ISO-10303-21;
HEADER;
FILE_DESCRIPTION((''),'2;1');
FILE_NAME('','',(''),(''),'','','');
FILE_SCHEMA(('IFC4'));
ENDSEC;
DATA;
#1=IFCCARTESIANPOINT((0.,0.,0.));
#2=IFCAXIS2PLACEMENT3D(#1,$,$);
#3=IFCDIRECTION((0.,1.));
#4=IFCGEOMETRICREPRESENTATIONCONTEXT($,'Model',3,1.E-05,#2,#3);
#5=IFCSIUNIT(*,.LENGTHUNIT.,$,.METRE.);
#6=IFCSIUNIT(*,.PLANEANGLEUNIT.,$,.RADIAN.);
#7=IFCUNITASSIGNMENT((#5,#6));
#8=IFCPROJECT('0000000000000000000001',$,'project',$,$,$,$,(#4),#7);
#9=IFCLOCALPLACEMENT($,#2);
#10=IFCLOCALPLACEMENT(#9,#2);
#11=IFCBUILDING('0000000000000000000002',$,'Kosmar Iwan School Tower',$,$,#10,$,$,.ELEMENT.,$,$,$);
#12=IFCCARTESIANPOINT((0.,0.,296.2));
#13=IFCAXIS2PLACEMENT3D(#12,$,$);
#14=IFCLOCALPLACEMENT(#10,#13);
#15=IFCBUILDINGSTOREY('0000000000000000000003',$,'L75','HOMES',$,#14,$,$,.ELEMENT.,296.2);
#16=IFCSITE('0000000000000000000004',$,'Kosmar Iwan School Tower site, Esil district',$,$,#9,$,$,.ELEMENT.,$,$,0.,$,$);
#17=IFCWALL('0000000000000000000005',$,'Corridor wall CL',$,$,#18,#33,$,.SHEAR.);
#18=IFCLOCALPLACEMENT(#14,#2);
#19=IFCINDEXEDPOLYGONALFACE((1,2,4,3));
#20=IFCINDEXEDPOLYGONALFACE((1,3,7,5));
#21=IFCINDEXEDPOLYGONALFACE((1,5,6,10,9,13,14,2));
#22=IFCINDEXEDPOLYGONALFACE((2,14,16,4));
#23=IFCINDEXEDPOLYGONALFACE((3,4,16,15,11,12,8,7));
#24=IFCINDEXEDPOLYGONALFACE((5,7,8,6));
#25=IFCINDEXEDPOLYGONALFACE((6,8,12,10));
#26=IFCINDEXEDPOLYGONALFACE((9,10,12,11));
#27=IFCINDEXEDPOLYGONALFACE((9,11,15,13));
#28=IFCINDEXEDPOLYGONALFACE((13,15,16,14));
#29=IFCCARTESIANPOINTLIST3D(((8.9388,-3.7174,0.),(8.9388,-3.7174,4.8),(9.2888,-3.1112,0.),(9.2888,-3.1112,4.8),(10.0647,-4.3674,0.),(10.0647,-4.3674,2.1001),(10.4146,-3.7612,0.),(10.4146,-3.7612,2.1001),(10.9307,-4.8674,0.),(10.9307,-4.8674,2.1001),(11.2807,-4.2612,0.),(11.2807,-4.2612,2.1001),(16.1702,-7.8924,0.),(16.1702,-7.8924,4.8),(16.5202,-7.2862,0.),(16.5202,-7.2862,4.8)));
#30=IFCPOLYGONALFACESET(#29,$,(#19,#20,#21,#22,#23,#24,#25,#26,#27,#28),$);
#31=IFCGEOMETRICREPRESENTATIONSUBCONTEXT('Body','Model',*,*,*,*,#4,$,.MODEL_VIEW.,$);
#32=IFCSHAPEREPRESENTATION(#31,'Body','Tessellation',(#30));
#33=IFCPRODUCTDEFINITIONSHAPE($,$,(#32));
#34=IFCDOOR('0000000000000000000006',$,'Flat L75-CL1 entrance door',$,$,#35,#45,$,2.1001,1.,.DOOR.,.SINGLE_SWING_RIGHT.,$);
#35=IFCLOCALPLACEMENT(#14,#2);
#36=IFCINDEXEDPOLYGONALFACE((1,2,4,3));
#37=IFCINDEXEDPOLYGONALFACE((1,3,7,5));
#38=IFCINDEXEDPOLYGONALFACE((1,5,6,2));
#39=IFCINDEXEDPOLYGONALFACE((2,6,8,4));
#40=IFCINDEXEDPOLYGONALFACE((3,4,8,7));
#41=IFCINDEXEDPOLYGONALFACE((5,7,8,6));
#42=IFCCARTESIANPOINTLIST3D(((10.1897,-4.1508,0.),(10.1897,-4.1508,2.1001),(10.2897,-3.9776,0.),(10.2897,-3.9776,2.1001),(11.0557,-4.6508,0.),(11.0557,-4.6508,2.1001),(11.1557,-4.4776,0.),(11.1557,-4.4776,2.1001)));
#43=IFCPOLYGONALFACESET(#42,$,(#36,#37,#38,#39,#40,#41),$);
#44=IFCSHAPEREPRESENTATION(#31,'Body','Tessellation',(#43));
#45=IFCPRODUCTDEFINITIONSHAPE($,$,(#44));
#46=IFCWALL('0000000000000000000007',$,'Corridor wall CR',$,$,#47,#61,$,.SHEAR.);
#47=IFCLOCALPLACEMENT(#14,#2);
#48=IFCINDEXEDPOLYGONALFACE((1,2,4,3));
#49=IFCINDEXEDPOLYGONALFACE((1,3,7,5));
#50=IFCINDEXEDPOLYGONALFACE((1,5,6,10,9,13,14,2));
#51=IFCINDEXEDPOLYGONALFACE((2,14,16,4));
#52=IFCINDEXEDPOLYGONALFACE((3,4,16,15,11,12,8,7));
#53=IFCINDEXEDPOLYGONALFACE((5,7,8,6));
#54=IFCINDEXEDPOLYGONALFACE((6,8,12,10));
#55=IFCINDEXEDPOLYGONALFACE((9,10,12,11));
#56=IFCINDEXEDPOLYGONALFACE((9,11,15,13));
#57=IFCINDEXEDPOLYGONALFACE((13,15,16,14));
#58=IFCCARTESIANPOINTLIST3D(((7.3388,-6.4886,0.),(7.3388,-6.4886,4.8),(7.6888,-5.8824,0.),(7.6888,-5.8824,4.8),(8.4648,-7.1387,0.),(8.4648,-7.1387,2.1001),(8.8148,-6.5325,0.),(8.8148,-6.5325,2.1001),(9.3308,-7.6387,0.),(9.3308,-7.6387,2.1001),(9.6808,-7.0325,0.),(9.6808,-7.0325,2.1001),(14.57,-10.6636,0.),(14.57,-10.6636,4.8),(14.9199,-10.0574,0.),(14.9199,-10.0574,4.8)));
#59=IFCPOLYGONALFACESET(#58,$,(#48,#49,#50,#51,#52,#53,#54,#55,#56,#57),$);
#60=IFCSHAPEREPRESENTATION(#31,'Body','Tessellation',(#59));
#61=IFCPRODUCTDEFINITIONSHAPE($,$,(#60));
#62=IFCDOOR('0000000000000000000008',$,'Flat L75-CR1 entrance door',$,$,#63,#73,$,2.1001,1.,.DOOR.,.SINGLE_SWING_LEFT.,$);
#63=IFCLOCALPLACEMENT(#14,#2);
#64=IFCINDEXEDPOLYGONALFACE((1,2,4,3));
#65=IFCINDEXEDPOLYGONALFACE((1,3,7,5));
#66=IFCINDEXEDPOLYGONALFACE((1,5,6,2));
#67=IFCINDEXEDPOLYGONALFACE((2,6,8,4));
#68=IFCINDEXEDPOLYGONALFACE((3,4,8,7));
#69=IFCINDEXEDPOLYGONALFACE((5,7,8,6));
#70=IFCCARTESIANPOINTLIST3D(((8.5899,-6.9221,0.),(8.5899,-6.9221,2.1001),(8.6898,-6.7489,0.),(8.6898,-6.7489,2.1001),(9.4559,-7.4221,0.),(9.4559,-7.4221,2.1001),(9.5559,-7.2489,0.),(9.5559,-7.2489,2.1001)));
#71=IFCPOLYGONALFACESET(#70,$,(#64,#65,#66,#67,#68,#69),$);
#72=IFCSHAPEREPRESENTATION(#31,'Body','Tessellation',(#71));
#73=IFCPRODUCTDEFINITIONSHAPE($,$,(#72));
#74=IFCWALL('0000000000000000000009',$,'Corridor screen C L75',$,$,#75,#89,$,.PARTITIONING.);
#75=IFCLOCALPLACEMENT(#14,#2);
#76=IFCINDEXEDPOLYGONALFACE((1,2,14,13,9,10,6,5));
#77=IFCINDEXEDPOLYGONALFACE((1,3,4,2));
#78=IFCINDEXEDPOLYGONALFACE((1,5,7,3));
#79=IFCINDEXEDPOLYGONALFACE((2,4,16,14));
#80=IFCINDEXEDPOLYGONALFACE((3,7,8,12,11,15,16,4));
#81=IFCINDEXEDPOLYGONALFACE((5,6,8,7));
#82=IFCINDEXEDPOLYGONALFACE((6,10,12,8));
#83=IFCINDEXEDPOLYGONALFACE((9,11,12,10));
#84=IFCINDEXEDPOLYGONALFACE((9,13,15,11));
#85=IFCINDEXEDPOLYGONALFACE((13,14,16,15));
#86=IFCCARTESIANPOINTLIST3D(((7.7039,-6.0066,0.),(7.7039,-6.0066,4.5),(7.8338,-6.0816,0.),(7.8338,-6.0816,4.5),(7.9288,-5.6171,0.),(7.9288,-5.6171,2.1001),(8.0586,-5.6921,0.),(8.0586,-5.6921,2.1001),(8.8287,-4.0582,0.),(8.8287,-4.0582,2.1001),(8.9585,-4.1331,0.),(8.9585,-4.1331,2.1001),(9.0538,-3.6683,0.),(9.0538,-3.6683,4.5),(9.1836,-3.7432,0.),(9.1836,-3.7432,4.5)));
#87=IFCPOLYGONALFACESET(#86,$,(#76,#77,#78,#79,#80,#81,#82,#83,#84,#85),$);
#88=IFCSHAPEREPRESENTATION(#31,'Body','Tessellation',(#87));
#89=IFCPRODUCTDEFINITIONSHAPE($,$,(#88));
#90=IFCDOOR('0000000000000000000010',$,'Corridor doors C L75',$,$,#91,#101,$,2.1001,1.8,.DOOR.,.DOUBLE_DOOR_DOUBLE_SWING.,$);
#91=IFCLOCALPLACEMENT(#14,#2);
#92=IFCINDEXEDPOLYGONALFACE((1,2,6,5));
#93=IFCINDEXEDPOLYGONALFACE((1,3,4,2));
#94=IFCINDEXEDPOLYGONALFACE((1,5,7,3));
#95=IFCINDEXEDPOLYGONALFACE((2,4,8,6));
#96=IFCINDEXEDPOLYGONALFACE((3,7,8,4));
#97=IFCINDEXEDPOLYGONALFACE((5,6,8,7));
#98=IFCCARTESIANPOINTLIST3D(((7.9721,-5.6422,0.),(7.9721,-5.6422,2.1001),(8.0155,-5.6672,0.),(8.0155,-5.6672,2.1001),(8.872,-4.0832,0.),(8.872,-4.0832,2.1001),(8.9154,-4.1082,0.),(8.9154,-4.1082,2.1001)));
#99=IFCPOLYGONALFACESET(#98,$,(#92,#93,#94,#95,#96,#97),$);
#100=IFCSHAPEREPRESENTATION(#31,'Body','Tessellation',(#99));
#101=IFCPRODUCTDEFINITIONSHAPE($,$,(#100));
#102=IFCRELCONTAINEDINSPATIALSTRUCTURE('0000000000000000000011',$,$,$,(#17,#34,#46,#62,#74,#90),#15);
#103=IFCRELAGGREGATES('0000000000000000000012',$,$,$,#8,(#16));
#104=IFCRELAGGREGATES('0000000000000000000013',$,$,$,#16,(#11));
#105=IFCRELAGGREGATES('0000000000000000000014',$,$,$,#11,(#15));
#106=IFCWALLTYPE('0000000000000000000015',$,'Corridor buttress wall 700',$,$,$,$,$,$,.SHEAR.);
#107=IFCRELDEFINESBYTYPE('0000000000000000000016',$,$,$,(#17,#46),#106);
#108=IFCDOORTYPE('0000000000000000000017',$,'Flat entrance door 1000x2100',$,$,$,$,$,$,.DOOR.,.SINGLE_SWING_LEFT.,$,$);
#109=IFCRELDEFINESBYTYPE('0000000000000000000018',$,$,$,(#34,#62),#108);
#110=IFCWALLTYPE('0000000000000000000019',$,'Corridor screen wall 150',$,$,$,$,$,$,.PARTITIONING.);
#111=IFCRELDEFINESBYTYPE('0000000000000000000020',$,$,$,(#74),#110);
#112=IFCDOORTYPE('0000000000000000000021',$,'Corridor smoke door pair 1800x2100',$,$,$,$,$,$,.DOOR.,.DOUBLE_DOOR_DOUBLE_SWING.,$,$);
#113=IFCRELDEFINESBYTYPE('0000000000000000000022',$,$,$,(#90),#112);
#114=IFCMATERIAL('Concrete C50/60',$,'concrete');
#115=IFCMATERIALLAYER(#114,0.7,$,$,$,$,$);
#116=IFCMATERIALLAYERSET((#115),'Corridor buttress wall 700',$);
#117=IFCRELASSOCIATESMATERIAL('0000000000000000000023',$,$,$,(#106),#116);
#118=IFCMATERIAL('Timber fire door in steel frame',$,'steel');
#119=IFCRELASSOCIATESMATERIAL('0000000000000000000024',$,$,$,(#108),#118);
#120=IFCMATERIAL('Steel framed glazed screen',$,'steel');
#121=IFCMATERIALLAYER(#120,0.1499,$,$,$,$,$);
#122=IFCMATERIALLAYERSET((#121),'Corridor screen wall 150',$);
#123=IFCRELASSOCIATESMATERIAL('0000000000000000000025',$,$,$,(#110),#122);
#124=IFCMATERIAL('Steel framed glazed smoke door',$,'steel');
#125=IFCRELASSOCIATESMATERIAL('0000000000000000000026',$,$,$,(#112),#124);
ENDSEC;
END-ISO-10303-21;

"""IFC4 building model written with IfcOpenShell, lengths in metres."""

from ifc_helpers import new_model, si_unit, direction, frame, frame_2d, origin, place, context, subcontext, project, spatial, rectangle, extrude, material, layer, layer_set, type_object, element, fill, save


model = new_model("IFC4")

# Units and contexts
model_context = context("Model", 3, precision=1e-05, world=origin(), true_north=direction((0.0, 1.0)))
body_context = subcontext(model_context, "Body", "Model", "MODEL_VIEW")
ifc_project = project(units=[si_unit("LENGTHUNIT", "METRE"), si_unit("PLANEANGLEUNIT", "RADIAN")], contexts=[model_context])

# Site, building, storey
site_placement = place(None, origin())
site = spatial("IfcSite", under=ifc_project, at=site_placement, Name="Kosmar Iwan School Tower site, Esil district", CompositionType="ELEMENT", RefElevation=0.0)
building_placement = place(site_placement, origin())
building = spatial("IfcBuilding", under=site, at=building_placement, Name="Kosmar Iwan School Tower", CompositionType="ELEMENT")
storey_placement = place(building_placement, frame((0.0, 0.0, 296.2)))
storey = spatial("IfcBuildingStorey", under=building, at=storey_placement, Name="L75", Description="HOMES", CompositionType="ELEMENT", Elevation=296.2)

# Walls, openings, doors
ifc_material_1 = material(Name="Concrete C50/60", Category="concrete")
ifc_layer_1 = layer(ifc_material_1, 0.7)
ifc_layer_set_1 = layer_set([ifc_layer_1], Name="Corridor buttress wall 700")
wall_type_1 = type_object("IfcWallType", Name="Corridor buttress wall 700", PredefinedType="SHEAR", material=ifc_layer_set_1)
wall_1_placement = place(storey_placement, frame((9.1138, -3.4143, 0.0), z_axis=(0.0, 0.0, 1.0), x_axis=(0.866027, -0.499997, 0.0)))
wall_1 = element("IfcWall", 1, at=wall_1_placement, inside=storey, type_object=wall_type_1, Name="Corridor wall CL", PredefinedType="SHEAR", context=body_context, shape_type="SweptSolid", body=[
    extrude(rectangle(XDim=8.3501, YDim=0.7, at=frame_2d((4.175, 0.0))), origin(), (0.0, 0.0, 1.0), 4.8),
])
opening_1_placement = place(wall_1_placement, frame((1.3, 0.0, 0.0)))
opening_1 = element("IfcOpeningElement", 2, at=opening_1_placement, cuts=wall_1, PredefinedType="OPENING", context=body_context, shape_type="SweptSolid", body=[
    extrude(rectangle(XDim=1.0, YDim=2.1001, at=frame_2d((0.5, 1.05))), frame((0.0, 0.3621, 0.0), z_axis=(0.0, -1.0, 0.0), x_axis=(1.0, 0.0, 0.0)), (0.0, 0.0, 1.0), 0.7239),
])
ifc_material_2 = material(Name="Timber fire door in steel frame", Category="steel")
door_type_1 = type_object("IfcDoorType", Name="Flat entrance door 1000x2100", OperationType="SINGLE_SWING_LEFT", PredefinedType="DOOR", material=ifc_material_2)
door_1_placement = place(opening_1_placement, origin())
door_1 = element("IfcDoor", 3, at=door_1_placement, inside=storey, type_object=door_type_1, Name="Flat L75-CL1 entrance door", OperationType="SINGLE_SWING_RIGHT", OverallHeight=2.1001, OverallWidth=1.0, PredefinedType="DOOR", context=body_context, shape_type="SweptSolid", body=[
    extrude(rectangle(XDim=1.0, YDim=2.1001, at=frame_2d((0.5, 1.05))), frame((0.0, 0.1001, 0.0), z_axis=(0.0, -1.0, 0.0), x_axis=(1.0, 0.0, 0.0)), (0.0, 0.0, 1.0), 0.2),
])
fill(opening_1, door_1)
wall_2_placement = place(storey_placement, frame((7.5139, -6.1855, 0.0), z_axis=(0.0, 0.0, 1.0), x_axis=(0.86602, -0.50001, 0.0)))
wall_2 = element("IfcWall", 4, at=wall_2_placement, inside=storey, type_object=wall_type_1, Name="Corridor wall CR", PredefinedType="SHEAR", context=body_context, shape_type="SweptSolid", body=[
    extrude(rectangle(XDim=8.3499, YDim=0.7, at=frame_2d((4.1748, 0.0))), origin(), (0.0, 0.0, 1.0), 4.8),
])
opening_2_placement = place(wall_2_placement, frame((1.3, 0.0, 0.0)))
opening_2 = element("IfcOpeningElement", 5, at=opening_2_placement, cuts=wall_2, PredefinedType="OPENING", context=body_context, shape_type="SweptSolid", body=[
    extrude(rectangle(XDim=1.0, YDim=2.1001, at=frame_2d((0.5, 1.05))), frame((0.0, 0.3621, 0.0), z_axis=(0.0, -1.0, 0.0), x_axis=(1.0, 0.0, 0.0)), (0.0, 0.0, 1.0), 0.7239),
])
door_2_placement = place(opening_2_placement, origin())
door_2 = element("IfcDoor", 6, at=door_2_placement, inside=storey, type_object=door_type_1, Name="Flat L75-CR1 entrance door", OperationType="SINGLE_SWING_LEFT", OverallHeight=2.1001, OverallWidth=1.0, PredefinedType="DOOR", context=body_context, shape_type="SweptSolid", body=[
    extrude(rectangle(XDim=1.0, YDim=2.1001, at=frame_2d((0.5, 1.05))), frame((0.0, 0.1001, 0.0), z_axis=(0.0, -1.0, 0.0), x_axis=(1.0, 0.0, 0.0)), (0.0, 0.0, 1.0), 0.2),
])
fill(opening_2, door_2)
ifc_material_3 = material(Name="Steel framed glazed screen", Category="steel")
ifc_layer_2 = layer(ifc_material_3, 0.1499)
ifc_layer_set_2 = layer_set([ifc_layer_2], Name="Corridor screen wall 150")
wall_type_2 = type_object("IfcWallType", Name="Corridor screen wall 150", PredefinedType="PARTITIONING", material=ifc_layer_set_2)
wall_3_placement = place(storey_placement, frame((7.7688, -6.0442, 0.0), z_axis=(0.0, 0.0, 1.0), x_axis=(0.499942, 0.866059, 0.0)))
wall_3 = element("IfcWall", 7, at=wall_3_placement, inside=storey, type_object=wall_type_2, Name="Corridor screen C L75", PredefinedType="PARTITIONING", context=body_context, shape_type="SweptSolid", body=[
    extrude(rectangle(XDim=2.7, YDim=0.1499, at=frame_2d((1.3501, 0.0))), origin(), (0.0, 0.0, 1.0), 4.5),
])
opening_3_placement = place(wall_3_placement, frame((0.45, 0.0, 0.0)))
opening_3 = element("IfcOpeningElement", 8, at=opening_3_placement, cuts=wall_3, PredefinedType="OPENING", context=body_context, shape_type="SweptSolid", body=[
    extrude(rectangle(XDim=1.8, YDim=2.1001, at=frame_2d((0.8999, 1.05))), frame((0.0, 0.0869, 0.0), z_axis=(0.0, -1.0, 0.0), x_axis=(1.0, 0.0, 0.0)), (0.0, 0.0, 1.0), 0.1738),
])
ifc_material_4 = material(Name="Steel framed glazed smoke door", Category="steel")
door_type_2 = type_object("IfcDoorType", Name="Corridor smoke door pair 1800x2100", OperationType="DOUBLE_DOOR_DOUBLE_SWING", PredefinedType="DOOR", material=ifc_material_4)
door_3_placement = place(opening_3_placement, origin())
door_3 = element("IfcDoor", 9, at=door_3_placement, inside=storey, type_object=door_type_2, Name="Corridor doors C L75", OperationType="DOUBLE_DOOR_DOUBLE_SWING", OverallHeight=2.1001, OverallWidth=1.8, PredefinedType="DOOR", context=body_context, shape_type="SweptSolid", body=[
    extrude(rectangle(XDim=1.8, YDim=2.1001, at=frame_2d((0.8999, 1.05))), frame((0.0, 0.0249, 0.0), z_axis=(0.0, -1.0, 0.0), x_axis=(1.0, 0.0, 0.0)), (0.0, 0.0, 1.0), 0.05),
])
fill(opening_3, door_3)

save(model, "model.ifc")
